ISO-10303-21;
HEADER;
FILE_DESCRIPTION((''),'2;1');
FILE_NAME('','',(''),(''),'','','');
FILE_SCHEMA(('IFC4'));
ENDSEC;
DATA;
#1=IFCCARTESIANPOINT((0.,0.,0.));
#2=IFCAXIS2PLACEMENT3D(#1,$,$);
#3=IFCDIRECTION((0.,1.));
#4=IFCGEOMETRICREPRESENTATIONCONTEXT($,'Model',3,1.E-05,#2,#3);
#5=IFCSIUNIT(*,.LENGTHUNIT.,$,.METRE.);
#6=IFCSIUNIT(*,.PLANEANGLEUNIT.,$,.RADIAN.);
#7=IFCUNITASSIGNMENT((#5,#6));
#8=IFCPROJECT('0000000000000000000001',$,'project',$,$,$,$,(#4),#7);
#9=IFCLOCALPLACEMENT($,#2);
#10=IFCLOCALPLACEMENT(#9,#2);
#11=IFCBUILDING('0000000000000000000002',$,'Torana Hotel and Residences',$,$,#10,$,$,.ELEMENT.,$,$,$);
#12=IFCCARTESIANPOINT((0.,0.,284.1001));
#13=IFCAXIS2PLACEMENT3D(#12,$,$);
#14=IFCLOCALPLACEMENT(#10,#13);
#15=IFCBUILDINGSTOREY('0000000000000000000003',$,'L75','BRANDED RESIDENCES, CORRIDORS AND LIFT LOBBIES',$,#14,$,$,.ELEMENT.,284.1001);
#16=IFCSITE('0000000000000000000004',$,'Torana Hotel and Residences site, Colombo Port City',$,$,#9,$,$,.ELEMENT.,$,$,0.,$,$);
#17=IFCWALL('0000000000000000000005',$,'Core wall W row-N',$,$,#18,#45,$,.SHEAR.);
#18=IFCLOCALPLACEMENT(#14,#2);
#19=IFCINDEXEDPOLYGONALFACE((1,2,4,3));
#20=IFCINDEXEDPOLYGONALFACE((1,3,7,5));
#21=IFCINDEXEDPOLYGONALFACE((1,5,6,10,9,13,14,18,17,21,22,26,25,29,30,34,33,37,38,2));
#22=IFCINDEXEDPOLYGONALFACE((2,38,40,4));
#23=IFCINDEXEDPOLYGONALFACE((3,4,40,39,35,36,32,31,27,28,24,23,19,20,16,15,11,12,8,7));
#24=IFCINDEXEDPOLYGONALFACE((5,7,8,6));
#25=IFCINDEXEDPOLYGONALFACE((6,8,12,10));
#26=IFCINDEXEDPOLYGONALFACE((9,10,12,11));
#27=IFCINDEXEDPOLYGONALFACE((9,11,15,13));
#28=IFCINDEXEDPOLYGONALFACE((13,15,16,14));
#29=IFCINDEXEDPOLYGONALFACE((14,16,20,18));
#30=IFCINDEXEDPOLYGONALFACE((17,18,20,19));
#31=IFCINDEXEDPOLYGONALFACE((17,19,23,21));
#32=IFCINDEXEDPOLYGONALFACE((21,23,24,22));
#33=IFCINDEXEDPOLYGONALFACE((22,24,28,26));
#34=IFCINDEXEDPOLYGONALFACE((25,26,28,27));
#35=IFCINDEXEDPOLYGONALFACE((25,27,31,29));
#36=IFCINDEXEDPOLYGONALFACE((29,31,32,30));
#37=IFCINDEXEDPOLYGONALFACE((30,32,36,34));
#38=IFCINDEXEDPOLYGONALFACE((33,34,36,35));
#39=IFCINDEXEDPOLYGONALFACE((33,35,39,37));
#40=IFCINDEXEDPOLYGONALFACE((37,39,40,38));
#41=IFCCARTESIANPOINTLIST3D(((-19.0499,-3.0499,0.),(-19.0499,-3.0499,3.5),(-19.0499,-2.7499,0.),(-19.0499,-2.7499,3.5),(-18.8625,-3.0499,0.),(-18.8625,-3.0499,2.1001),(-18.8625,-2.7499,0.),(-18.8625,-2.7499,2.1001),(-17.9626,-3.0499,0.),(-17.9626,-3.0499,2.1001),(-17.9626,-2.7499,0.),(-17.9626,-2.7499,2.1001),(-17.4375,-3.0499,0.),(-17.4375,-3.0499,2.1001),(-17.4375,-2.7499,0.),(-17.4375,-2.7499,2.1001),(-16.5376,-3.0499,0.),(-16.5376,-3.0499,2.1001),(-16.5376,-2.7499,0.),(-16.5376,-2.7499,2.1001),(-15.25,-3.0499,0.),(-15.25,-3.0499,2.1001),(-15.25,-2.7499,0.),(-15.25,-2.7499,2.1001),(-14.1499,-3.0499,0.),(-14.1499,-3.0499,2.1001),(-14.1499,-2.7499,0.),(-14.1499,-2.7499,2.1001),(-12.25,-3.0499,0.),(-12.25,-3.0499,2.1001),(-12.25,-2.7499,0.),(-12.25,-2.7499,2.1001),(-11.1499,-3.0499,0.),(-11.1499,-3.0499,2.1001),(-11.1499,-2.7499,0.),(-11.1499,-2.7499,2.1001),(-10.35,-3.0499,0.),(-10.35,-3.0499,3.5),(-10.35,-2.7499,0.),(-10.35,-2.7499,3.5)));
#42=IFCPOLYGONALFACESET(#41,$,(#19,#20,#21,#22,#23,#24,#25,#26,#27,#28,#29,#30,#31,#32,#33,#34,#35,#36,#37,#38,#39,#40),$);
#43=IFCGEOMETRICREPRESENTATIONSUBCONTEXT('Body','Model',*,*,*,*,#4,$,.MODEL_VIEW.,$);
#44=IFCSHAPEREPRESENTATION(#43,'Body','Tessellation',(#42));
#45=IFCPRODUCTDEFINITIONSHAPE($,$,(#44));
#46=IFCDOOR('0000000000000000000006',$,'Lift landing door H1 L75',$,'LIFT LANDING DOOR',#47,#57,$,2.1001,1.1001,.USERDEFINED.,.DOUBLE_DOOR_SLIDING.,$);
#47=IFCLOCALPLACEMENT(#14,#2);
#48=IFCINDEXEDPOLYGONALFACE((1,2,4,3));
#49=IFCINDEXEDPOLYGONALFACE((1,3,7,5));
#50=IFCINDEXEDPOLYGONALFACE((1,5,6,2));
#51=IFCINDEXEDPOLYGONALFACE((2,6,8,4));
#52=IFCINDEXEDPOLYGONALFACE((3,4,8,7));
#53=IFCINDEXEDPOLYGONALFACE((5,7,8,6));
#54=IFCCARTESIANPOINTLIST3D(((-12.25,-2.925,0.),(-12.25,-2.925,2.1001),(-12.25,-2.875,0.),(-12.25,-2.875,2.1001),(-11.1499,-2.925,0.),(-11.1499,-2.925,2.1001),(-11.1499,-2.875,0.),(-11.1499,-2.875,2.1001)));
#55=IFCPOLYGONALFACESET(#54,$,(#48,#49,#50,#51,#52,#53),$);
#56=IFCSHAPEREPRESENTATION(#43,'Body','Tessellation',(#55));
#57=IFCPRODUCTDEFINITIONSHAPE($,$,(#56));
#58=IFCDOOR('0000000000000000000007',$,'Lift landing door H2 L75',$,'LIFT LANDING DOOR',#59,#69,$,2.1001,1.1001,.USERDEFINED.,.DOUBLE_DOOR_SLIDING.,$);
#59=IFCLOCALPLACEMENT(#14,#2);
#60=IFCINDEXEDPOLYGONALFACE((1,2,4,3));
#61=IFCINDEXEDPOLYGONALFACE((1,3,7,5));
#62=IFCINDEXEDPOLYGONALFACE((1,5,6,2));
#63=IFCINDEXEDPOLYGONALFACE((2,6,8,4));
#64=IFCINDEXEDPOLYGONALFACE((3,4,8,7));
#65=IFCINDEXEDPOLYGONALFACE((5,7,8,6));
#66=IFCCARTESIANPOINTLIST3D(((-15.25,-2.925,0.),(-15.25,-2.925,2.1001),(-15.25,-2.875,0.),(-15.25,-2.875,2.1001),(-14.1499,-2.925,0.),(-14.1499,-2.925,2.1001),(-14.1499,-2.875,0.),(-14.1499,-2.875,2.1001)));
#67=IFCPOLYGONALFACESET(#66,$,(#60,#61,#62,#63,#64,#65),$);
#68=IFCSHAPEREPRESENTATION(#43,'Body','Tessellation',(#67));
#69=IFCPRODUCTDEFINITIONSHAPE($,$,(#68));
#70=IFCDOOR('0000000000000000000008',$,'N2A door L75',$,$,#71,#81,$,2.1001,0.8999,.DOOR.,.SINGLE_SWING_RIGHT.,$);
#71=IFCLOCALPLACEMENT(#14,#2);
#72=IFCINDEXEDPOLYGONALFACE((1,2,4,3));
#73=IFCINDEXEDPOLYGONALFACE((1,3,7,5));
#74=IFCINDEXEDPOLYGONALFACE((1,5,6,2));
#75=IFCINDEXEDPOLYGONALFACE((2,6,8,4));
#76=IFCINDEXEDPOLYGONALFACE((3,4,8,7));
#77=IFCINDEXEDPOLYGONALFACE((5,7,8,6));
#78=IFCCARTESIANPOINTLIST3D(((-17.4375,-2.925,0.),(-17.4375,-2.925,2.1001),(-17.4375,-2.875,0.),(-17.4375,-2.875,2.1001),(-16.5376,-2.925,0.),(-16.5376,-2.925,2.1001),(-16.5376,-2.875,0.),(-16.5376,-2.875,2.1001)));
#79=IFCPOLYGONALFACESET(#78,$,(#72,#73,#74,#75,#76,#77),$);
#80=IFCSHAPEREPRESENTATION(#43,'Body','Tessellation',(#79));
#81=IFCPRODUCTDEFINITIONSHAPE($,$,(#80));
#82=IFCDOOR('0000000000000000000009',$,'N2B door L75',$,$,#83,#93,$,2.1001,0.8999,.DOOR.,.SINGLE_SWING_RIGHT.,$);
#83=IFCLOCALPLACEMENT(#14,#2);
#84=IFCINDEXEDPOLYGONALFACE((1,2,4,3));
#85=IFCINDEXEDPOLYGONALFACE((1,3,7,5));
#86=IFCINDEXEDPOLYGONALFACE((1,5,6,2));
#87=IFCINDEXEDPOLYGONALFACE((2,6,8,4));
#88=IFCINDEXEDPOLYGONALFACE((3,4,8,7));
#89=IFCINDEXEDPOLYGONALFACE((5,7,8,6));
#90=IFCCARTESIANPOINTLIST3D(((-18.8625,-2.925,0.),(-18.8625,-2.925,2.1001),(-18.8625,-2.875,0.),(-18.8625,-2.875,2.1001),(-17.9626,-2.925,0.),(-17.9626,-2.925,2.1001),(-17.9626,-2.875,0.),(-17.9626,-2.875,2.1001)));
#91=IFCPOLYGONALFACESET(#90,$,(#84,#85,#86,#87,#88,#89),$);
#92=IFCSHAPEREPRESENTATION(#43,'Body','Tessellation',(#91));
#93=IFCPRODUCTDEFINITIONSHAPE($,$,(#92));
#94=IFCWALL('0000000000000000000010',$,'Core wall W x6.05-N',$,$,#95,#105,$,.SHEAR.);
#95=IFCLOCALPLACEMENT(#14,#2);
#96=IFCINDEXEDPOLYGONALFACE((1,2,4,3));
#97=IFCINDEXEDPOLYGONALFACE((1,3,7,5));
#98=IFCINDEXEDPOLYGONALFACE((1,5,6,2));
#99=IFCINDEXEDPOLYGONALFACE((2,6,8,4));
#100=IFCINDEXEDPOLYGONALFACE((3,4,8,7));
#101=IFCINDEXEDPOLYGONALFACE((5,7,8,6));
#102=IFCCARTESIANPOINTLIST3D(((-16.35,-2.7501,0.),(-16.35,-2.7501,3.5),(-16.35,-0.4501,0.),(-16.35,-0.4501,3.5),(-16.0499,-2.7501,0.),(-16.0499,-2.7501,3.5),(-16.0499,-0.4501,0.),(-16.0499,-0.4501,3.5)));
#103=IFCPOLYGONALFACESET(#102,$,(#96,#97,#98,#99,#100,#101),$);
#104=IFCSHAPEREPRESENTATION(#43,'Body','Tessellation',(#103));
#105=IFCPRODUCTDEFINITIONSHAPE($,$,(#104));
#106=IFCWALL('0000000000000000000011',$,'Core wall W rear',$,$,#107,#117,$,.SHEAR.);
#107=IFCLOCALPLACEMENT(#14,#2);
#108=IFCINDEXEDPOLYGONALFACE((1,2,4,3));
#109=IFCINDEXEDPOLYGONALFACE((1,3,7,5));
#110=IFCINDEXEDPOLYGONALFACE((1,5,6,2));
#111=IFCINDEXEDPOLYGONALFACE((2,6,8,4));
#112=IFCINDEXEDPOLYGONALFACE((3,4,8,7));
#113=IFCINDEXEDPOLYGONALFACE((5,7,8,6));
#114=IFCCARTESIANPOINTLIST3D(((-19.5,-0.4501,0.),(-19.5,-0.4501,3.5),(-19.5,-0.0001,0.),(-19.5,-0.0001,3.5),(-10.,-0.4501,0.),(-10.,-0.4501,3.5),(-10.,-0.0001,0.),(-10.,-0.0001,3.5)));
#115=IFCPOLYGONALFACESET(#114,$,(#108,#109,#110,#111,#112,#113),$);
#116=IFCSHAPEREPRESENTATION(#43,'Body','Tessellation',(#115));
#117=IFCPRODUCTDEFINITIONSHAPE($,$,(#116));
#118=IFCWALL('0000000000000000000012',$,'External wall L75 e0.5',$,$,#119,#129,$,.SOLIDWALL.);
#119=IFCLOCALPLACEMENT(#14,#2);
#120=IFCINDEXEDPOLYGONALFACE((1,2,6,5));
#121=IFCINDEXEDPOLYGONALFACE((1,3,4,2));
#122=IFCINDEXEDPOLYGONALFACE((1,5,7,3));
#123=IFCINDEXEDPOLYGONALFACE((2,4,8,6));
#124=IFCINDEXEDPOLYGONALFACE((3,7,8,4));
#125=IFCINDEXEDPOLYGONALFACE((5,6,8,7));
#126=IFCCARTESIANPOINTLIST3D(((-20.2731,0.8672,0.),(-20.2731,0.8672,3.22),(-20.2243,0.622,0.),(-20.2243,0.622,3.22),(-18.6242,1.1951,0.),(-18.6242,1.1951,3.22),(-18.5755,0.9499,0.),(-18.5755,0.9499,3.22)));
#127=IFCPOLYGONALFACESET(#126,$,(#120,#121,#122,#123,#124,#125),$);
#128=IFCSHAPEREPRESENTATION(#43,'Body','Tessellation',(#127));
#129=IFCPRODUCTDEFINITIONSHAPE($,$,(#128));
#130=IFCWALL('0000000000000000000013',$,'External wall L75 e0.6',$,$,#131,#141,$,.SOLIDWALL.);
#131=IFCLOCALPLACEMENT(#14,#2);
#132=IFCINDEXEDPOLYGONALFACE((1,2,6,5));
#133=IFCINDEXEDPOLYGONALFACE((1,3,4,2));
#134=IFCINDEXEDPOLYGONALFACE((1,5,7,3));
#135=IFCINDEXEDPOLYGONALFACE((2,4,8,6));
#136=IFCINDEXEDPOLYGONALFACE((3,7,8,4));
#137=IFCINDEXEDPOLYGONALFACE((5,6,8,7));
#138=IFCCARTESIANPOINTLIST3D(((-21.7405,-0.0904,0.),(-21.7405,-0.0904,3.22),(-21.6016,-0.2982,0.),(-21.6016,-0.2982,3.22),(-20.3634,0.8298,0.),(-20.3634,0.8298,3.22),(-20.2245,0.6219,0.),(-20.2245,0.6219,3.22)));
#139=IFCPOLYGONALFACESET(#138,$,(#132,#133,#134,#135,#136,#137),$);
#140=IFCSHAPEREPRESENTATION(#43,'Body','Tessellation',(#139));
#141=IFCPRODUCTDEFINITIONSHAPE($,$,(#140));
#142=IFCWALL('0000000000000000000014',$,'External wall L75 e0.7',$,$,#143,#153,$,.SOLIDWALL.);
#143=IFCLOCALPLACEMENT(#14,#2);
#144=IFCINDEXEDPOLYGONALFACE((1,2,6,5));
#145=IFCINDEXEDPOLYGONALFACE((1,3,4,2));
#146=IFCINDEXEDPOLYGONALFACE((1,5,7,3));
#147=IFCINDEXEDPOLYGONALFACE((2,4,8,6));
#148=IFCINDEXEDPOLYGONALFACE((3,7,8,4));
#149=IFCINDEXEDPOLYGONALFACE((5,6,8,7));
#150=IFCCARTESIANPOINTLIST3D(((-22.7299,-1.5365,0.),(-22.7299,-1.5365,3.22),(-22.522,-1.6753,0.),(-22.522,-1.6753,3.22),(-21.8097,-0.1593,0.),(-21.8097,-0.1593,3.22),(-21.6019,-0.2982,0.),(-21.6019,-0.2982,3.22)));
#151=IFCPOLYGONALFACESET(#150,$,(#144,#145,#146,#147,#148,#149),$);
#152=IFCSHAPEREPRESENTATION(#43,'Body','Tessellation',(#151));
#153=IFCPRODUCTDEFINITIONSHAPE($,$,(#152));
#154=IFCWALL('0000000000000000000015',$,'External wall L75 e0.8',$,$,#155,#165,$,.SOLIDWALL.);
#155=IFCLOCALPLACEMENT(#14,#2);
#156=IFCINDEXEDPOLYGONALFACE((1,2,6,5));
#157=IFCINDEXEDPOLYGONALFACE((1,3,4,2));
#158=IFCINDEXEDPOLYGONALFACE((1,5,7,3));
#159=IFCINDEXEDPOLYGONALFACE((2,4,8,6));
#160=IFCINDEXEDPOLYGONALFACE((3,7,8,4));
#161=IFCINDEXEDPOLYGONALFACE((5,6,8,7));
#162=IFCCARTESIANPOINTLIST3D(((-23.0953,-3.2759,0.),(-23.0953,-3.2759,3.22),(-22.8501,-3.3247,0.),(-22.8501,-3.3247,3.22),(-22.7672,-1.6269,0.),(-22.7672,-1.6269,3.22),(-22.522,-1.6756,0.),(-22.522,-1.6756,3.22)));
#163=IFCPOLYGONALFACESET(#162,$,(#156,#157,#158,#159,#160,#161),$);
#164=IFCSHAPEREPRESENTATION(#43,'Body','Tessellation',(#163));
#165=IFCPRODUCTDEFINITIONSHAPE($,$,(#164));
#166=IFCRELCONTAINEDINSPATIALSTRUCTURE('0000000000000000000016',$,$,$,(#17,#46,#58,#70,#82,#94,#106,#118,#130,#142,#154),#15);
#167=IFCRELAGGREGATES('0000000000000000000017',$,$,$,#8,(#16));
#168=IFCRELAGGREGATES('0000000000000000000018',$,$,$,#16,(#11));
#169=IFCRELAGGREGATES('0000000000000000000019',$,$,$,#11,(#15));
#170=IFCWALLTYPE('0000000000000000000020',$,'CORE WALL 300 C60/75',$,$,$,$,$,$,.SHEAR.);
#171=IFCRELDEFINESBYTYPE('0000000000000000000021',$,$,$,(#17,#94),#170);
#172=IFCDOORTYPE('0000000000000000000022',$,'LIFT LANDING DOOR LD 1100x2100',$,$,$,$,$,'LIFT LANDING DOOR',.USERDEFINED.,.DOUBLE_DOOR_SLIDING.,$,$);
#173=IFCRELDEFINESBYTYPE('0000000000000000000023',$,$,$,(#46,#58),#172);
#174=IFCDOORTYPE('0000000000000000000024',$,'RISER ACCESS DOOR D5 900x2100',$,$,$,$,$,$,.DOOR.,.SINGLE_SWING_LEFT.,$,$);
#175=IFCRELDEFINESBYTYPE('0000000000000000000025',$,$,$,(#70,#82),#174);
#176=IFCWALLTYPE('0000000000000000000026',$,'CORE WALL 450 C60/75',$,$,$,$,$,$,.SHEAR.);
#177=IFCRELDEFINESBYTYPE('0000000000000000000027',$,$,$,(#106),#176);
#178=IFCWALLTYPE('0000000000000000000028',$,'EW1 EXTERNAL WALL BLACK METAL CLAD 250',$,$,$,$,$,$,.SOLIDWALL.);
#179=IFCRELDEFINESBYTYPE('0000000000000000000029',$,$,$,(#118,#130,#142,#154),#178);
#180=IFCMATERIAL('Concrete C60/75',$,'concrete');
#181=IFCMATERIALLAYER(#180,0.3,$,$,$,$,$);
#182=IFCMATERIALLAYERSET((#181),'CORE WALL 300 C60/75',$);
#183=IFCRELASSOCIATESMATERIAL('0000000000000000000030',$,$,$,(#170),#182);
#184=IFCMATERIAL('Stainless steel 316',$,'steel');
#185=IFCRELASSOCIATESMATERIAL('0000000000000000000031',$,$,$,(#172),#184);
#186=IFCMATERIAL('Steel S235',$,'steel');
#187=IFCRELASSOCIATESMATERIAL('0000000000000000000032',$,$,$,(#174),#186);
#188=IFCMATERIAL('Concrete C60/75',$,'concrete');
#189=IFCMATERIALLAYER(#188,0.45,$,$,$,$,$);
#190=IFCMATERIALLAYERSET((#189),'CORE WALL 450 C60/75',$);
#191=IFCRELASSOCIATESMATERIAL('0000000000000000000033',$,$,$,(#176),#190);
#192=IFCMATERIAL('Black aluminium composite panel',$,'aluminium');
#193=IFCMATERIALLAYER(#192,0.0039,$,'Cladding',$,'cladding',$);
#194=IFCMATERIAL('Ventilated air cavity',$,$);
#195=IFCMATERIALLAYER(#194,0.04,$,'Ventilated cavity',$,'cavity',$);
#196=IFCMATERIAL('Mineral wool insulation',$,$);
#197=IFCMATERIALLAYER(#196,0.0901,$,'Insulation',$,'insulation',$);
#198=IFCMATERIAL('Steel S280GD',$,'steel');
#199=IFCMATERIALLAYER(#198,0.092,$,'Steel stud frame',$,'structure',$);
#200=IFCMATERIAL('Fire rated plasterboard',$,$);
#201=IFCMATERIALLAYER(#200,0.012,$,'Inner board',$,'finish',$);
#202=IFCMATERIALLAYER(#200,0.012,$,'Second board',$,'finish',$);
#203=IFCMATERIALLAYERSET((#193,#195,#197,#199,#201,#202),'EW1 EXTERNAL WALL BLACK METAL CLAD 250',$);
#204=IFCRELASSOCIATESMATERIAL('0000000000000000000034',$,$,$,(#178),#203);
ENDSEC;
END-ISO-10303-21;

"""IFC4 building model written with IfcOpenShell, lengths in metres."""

from ifc_helpers import new_model, si_unit, direction, frame, frame_2d, origin, place, context, subcontext, project, spatial, rectangle, extrude, material, layer, layer_set, type_object, element, fill, save


model = new_model("IFC4")

# Units and contexts
model_context = context("Model", 3, precision=1e-05, world=origin(), true_north=direction((0.0, 1.0)))
body_context = subcontext(model_context, "Body", "Model", "MODEL_VIEW")
ifc_project = project(units=[si_unit("LENGTHUNIT", "METRE"), si_unit("PLANEANGLEUNIT", "RADIAN")], contexts=[model_context])

# Site, building, storey
site_placement = place(None, origin())
site = spatial("IfcSite", under=ifc_project, at=site_placement, Name="Torana Hotel and Residences site, Colombo Port City", CompositionType="ELEMENT", RefElevation=0.0)
building_placement = place(site_placement, origin())
building = spatial("IfcBuilding", under=site, at=building_placement, Name="Torana Hotel and Residences", CompositionType="ELEMENT")
storey_placement = place(building_placement, frame((0.0, 0.0, 284.1001)))
storey = spatial("IfcBuildingStorey", under=building, at=storey_placement, Name="L75", Description="BRANDED RESIDENCES, CORRIDORS AND LIFT LOBBIES", CompositionType="ELEMENT", Elevation=284.1001)

# Wall, openings, doors
ifc_material_1 = material(Name="Concrete C60/75", Category="concrete")
ifc_layer_1 = layer(ifc_material_1, 0.3)
ifc_layer_set_1 = layer_set([ifc_layer_1], Name="CORE WALL 300 C60/75")
wall_type_1 = type_object("IfcWallType", Name="CORE WALL 300 C60/75", PredefinedType="SHEAR", material=ifc_layer_set_1)
wall_1_placement = place(storey_placement, frame((-19.05, -2.8999, 0.0), z_axis=(0.0, 0.0, 1.0), x_axis=(1.0, 0.0, 0.0)))
wall_1 = element("IfcWall", 1, at=wall_1_placement, inside=storey, type_object=wall_type_1, Name="Core wall W row-N", PredefinedType="SHEAR", context=body_context, shape_type="SweptSolid", body=[
    extrude(rectangle(XDim=8.7, YDim=0.3, at=frame_2d((4.3501, 0.0))), origin(), (0.0, 0.0, 1.0), 3.5),
])
opening_1_placement = place(wall_1_placement, frame((6.8, 0.0, 0.0)))
opening_1 = element("IfcOpeningElement", 2, at=opening_1_placement, cuts=wall_1, PredefinedType="OPENING", context=body_context, shape_type="SweptSolid", body=[
    extrude(rectangle(XDim=1.1001, YDim=2.1001, at=frame_2d((0.55, 1.05))), frame((0.0, 0.1599, 0.0), z_axis=(0.0, -1.0, 0.0), x_axis=(1.0, 0.0, 0.0)), (0.0, 0.0, 1.0), 0.3201),
])
opening_2_placement = place(wall_1_placement, frame((3.8, 0.0, 0.0)))
opening_2 = element("IfcOpeningElement", 3, at=opening_2_placement, cuts=wall_1, PredefinedType="OPENING", context=body_context, shape_type="SweptSolid", body=[
    extrude(rectangle(XDim=1.1001, YDim=2.1001, at=frame_2d((0.55, 1.05))), frame((0.0, 0.1599, 0.0), z_axis=(0.0, -1.0, 0.0), x_axis=(1.0, 0.0, 0.0)), (0.0, 0.0, 1.0), 0.3201),
])
opening_3_placement = place(wall_1_placement, frame((1.6125, 0.0, 0.0)))
opening_3 = element("IfcOpeningElement", 4, at=opening_3_placement, cuts=wall_1, PredefinedType="OPENING", context=body_context, shape_type="SweptSolid", body=[
    extrude(rectangle(XDim=0.8999, YDim=2.1001, at=frame_2d((0.45, 1.05))), frame((0.0, 0.1599, 0.0), z_axis=(0.0, -1.0, 0.0), x_axis=(1.0, 0.0, 0.0)), (0.0, 0.0, 1.0), 0.3201),
])
opening_4_placement = place(wall_1_placement, frame((0.1875, 0.0, 0.0)))
opening_4 = element("IfcOpeningElement", 5, at=opening_4_placement, cuts=wall_1, PredefinedType="OPENING", context=body_context, shape_type="SweptSolid", body=[
    extrude(rectangle(XDim=0.8999, YDim=2.1001, at=frame_2d((0.45, 1.05))), frame((0.0, 0.1599, 0.0), z_axis=(0.0, -1.0, 0.0), x_axis=(1.0, 0.0, 0.0)), (0.0, 0.0, 1.0), 0.3201),
])
ifc_material_2 = material(Name="Stainless steel 316", Category="steel")
door_type_1 = type_object("IfcDoorType", Name="LIFT LANDING DOOR LD 1100x2100", ElementType="LIFT LANDING DOOR", OperationType="DOUBLE_DOOR_SLIDING", PredefinedType="USERDEFINED", material=ifc_material_2)
door_1_placement = place(opening_1_placement, origin())
door_1 = element("IfcDoor", 6, at=door_1_placement, inside=storey, type_object=door_type_1, Name="Lift landing door H1 L75", ObjectType="LIFT LANDING DOOR", OperationType="DOUBLE_DOOR_SLIDING", OverallHeight=2.1001, OverallWidth=1.1001, PredefinedType="USERDEFINED", context=body_context, shape_type="SweptSolid", body=[
    extrude(rectangle(XDim=1.1001, YDim=2.1001, at=frame_2d((0.55, 1.05))), frame((0.0, 0.0249, 0.0), z_axis=(0.0, -1.0, 0.0), x_axis=(1.0, 0.0, 0.0)), (0.0, 0.0, 1.0), 0.05),
])
fill(opening_1, door_1)
door_2_placement = place(opening_2_placement, origin())
door_2 = element("IfcDoor", 7, at=door_2_placement, inside=storey, type_object=door_type_1, Name="Lift landing door H2 L75", ObjectType="LIFT LANDING DOOR", OperationType="DOUBLE_DOOR_SLIDING", OverallHeight=2.1001, OverallWidth=1.1001, PredefinedType="USERDEFINED", context=body_context, shape_type="SweptSolid", body=[
    extrude(rectangle(XDim=1.1001, YDim=2.1001, at=frame_2d((0.55, 1.05))), frame((0.0, 0.0249, 0.0), z_axis=(0.0, -1.0, 0.0), x_axis=(1.0, 0.0, 0.0)), (0.0, 0.0, 1.0), 0.05),
])
fill(opening_2, door_2)
ifc_material_3 = material(Name="Steel S235", Category="steel")
door_type_2 = type_object("IfcDoorType", Name="RISER ACCESS DOOR D5 900x2100", OperationType="SINGLE_SWING_LEFT", PredefinedType="DOOR", material=ifc_material_3)
door_3_placement = place(opening_3_placement, origin())
door_3 = element("IfcDoor", 8, at=door_3_placement, inside=storey, type_object=door_type_2, Name="N2A door L75", OperationType="SINGLE_SWING_RIGHT", OverallHeight=2.1001, OverallWidth=0.8999, PredefinedType="DOOR", context=body_context, shape_type="SweptSolid", body=[
    extrude(rectangle(XDim=0.8999, YDim=2.1001, at=frame_2d((0.45, 1.05))), frame((0.0, 0.0249, 0.0), z_axis=(0.0, -1.0, 0.0), x_axis=(1.0, 0.0, 0.0)), (0.0, 0.0, 1.0), 0.05),
])
fill(opening_3, door_3)
door_4_placement = place(opening_4_placement, origin())
door_4 = element("IfcDoor", 9, at=door_4_placement, inside=storey, type_object=door_type_2, Name="N2B door L75", OperationType="SINGLE_SWING_RIGHT", OverallHeight=2.1001, OverallWidth=0.8999, PredefinedType="DOOR", context=body_context, shape_type="SweptSolid", body=[
    extrude(rectangle(XDim=0.8999, YDim=2.1001, at=frame_2d((0.45, 1.05))), frame((0.0, 0.0249, 0.0), z_axis=(0.0, -1.0, 0.0), x_axis=(1.0, 0.0, 0.0)), (0.0, 0.0, 1.0), 0.05),
])
fill(opening_4, door_4)

# Walls
wall_2_placement = place(storey_placement, frame((-16.2, -2.75, 0.0), z_axis=(0.0, 0.0, 1.0), x_axis=(0.0, 1.0, 0.0)))
element("IfcWall", 10, at=wall_2_placement, inside=storey, type_object=wall_type_1, Name="Core wall W x6.05-N", PredefinedType="SHEAR", context=body_context, shape_type="SweptSolid", body=[
    extrude(rectangle(XDim=2.3, YDim=0.3, at=frame_2d((1.1499, 0.0))), origin(), (0.0, 0.0, 1.0), 3.5),
])
ifc_material_4 = material(Name="Concrete C60/75", Category="concrete")
ifc_layer_2 = layer(ifc_material_4, 0.45)
ifc_layer_set_2 = layer_set([ifc_layer_2], Name="CORE WALL 450 C60/75")
wall_type_2 = type_object("IfcWallType", Name="CORE WALL 450 C60/75", PredefinedType="SHEAR", material=ifc_layer_set_2)
wall_3_placement = place(storey_placement, frame((-19.5, -0.2251, 0.0), z_axis=(0.0, 0.0, 1.0), x_axis=(1.0, 0.0, 0.0)))
element("IfcWall", 11, at=wall_3_placement, inside=storey, type_object=wall_type_2, Name="Core wall W rear", PredefinedType="SHEAR", context=body_context, shape_type="SweptSolid", body=[
    extrude(rectangle(XDim=9.5, YDim=0.45, at=frame_2d((4.75, 0.0))), origin(), (0.0, 0.0, 1.0), 3.5),
])
ifc_material_5 = material(Name="Black aluminium composite panel", Category="aluminium")
ifc_layer_3 = layer(ifc_material_5, 0.0039, Name="Cladding", Category="cladding")
ifc_material_6 = material(Name="Ventilated air cavity")
ifc_layer_4 = layer(ifc_material_6, 0.04, Name="Ventilated cavity", Category="cavity")
ifc_material_7 = material(Name="Mineral wool insulation")
ifc_layer_5 = layer(ifc_material_7, 0.0901, Name="Insulation", Category="insulation")
ifc_material_8 = material(Name="Steel S280GD", Category="steel")
ifc_layer_6 = layer(ifc_material_8, 0.092, Name="Steel stud frame", Category="structure")
ifc_material_9 = material(Name="Fire rated plasterboard")
ifc_layer_7 = layer(ifc_material_9, 0.012, Name="Inner board", Category="finish")
ifc_layer_8 = layer(ifc_material_9, 0.012, Name="Second board", Category="finish")
ifc_layer_set_3 = layer_set([ifc_layer_3, ifc_layer_4, ifc_layer_5, ifc_layer_6, ifc_layer_7, ifc_layer_8], Name="EW1 EXTERNAL WALL BLACK METAL CLAD 250")
wall_type_3 = type_object("IfcWallType", Name="EW1 EXTERNAL WALL BLACK METAL CLAD 250", PredefinedType="SOLIDWALL", material=ifc_layer_set_3)
wall_4_placement = place(storey_placement, frame((-18.5999, 1.0725, 0.0), z_axis=(0.0, 0.0, 1.0), x_axis=(-0.980798, -0.195027, 0.0)))
element("IfcWall", 12, at=wall_4_placement, inside=storey, type_object=wall_type_3, Name="External wall L75 e0.5", PredefinedType="SOLIDWALL", context=body_context, shape_type="SweptSolid", body=[
    extrude(rectangle(XDim=1.6812, YDim=0.25, at=frame_2d((0.8406, 0.0))), origin(), (0.0, 0.0, 1.0), 3.22),
])
for number, where, z_axis, x_axis, name in (
    (13, (-20.2939, 0.7258, 0.0), (0.0, 0.0, 1.0), (-0.831483, -0.55555, 0.0), "External wall L75 e0.6"),
    (14, (-21.7058, -0.2288, 0.0), (0.0, 0.0, 1.0), (-0.55555, -0.831483, 0.0), "External wall L75 e0.7"),
):
    element("IfcWall", number, at=place(storey_placement, frame(where, z_axis=z_axis, x_axis=x_axis)), inside=storey, type_object=wall_type_3, Name=name, PredefinedType="SOLIDWALL", context=body_context, shape_type="SweptSolid", body=[
        extrude(rectangle(XDim=1.6562, YDim=0.25, at=frame_2d((0.8281, 0.0))), origin(), (0.0, 0.0, 1.0), 3.22),
    ])
wall_5_placement = place(storey_placement, frame((-22.6445, -1.6511, 0.0), z_axis=(0.0, 0.0, 1.0), x_axis=(-0.195139, -0.980776, 0.0)))
element("IfcWall", 15, at=wall_5_placement, inside=storey, type_object=wall_type_3, Name="External wall L75 e0.8", PredefinedType="SOLIDWALL", context=body_context, shape_type="SweptSolid", body=[
    extrude(rectangle(XDim=1.6814, YDim=0.25, at=frame_2d((0.8408, 0.0))), origin(), (0.0, 0.0, 1.0), 3.22),
])

save(model, "model.ifc")
